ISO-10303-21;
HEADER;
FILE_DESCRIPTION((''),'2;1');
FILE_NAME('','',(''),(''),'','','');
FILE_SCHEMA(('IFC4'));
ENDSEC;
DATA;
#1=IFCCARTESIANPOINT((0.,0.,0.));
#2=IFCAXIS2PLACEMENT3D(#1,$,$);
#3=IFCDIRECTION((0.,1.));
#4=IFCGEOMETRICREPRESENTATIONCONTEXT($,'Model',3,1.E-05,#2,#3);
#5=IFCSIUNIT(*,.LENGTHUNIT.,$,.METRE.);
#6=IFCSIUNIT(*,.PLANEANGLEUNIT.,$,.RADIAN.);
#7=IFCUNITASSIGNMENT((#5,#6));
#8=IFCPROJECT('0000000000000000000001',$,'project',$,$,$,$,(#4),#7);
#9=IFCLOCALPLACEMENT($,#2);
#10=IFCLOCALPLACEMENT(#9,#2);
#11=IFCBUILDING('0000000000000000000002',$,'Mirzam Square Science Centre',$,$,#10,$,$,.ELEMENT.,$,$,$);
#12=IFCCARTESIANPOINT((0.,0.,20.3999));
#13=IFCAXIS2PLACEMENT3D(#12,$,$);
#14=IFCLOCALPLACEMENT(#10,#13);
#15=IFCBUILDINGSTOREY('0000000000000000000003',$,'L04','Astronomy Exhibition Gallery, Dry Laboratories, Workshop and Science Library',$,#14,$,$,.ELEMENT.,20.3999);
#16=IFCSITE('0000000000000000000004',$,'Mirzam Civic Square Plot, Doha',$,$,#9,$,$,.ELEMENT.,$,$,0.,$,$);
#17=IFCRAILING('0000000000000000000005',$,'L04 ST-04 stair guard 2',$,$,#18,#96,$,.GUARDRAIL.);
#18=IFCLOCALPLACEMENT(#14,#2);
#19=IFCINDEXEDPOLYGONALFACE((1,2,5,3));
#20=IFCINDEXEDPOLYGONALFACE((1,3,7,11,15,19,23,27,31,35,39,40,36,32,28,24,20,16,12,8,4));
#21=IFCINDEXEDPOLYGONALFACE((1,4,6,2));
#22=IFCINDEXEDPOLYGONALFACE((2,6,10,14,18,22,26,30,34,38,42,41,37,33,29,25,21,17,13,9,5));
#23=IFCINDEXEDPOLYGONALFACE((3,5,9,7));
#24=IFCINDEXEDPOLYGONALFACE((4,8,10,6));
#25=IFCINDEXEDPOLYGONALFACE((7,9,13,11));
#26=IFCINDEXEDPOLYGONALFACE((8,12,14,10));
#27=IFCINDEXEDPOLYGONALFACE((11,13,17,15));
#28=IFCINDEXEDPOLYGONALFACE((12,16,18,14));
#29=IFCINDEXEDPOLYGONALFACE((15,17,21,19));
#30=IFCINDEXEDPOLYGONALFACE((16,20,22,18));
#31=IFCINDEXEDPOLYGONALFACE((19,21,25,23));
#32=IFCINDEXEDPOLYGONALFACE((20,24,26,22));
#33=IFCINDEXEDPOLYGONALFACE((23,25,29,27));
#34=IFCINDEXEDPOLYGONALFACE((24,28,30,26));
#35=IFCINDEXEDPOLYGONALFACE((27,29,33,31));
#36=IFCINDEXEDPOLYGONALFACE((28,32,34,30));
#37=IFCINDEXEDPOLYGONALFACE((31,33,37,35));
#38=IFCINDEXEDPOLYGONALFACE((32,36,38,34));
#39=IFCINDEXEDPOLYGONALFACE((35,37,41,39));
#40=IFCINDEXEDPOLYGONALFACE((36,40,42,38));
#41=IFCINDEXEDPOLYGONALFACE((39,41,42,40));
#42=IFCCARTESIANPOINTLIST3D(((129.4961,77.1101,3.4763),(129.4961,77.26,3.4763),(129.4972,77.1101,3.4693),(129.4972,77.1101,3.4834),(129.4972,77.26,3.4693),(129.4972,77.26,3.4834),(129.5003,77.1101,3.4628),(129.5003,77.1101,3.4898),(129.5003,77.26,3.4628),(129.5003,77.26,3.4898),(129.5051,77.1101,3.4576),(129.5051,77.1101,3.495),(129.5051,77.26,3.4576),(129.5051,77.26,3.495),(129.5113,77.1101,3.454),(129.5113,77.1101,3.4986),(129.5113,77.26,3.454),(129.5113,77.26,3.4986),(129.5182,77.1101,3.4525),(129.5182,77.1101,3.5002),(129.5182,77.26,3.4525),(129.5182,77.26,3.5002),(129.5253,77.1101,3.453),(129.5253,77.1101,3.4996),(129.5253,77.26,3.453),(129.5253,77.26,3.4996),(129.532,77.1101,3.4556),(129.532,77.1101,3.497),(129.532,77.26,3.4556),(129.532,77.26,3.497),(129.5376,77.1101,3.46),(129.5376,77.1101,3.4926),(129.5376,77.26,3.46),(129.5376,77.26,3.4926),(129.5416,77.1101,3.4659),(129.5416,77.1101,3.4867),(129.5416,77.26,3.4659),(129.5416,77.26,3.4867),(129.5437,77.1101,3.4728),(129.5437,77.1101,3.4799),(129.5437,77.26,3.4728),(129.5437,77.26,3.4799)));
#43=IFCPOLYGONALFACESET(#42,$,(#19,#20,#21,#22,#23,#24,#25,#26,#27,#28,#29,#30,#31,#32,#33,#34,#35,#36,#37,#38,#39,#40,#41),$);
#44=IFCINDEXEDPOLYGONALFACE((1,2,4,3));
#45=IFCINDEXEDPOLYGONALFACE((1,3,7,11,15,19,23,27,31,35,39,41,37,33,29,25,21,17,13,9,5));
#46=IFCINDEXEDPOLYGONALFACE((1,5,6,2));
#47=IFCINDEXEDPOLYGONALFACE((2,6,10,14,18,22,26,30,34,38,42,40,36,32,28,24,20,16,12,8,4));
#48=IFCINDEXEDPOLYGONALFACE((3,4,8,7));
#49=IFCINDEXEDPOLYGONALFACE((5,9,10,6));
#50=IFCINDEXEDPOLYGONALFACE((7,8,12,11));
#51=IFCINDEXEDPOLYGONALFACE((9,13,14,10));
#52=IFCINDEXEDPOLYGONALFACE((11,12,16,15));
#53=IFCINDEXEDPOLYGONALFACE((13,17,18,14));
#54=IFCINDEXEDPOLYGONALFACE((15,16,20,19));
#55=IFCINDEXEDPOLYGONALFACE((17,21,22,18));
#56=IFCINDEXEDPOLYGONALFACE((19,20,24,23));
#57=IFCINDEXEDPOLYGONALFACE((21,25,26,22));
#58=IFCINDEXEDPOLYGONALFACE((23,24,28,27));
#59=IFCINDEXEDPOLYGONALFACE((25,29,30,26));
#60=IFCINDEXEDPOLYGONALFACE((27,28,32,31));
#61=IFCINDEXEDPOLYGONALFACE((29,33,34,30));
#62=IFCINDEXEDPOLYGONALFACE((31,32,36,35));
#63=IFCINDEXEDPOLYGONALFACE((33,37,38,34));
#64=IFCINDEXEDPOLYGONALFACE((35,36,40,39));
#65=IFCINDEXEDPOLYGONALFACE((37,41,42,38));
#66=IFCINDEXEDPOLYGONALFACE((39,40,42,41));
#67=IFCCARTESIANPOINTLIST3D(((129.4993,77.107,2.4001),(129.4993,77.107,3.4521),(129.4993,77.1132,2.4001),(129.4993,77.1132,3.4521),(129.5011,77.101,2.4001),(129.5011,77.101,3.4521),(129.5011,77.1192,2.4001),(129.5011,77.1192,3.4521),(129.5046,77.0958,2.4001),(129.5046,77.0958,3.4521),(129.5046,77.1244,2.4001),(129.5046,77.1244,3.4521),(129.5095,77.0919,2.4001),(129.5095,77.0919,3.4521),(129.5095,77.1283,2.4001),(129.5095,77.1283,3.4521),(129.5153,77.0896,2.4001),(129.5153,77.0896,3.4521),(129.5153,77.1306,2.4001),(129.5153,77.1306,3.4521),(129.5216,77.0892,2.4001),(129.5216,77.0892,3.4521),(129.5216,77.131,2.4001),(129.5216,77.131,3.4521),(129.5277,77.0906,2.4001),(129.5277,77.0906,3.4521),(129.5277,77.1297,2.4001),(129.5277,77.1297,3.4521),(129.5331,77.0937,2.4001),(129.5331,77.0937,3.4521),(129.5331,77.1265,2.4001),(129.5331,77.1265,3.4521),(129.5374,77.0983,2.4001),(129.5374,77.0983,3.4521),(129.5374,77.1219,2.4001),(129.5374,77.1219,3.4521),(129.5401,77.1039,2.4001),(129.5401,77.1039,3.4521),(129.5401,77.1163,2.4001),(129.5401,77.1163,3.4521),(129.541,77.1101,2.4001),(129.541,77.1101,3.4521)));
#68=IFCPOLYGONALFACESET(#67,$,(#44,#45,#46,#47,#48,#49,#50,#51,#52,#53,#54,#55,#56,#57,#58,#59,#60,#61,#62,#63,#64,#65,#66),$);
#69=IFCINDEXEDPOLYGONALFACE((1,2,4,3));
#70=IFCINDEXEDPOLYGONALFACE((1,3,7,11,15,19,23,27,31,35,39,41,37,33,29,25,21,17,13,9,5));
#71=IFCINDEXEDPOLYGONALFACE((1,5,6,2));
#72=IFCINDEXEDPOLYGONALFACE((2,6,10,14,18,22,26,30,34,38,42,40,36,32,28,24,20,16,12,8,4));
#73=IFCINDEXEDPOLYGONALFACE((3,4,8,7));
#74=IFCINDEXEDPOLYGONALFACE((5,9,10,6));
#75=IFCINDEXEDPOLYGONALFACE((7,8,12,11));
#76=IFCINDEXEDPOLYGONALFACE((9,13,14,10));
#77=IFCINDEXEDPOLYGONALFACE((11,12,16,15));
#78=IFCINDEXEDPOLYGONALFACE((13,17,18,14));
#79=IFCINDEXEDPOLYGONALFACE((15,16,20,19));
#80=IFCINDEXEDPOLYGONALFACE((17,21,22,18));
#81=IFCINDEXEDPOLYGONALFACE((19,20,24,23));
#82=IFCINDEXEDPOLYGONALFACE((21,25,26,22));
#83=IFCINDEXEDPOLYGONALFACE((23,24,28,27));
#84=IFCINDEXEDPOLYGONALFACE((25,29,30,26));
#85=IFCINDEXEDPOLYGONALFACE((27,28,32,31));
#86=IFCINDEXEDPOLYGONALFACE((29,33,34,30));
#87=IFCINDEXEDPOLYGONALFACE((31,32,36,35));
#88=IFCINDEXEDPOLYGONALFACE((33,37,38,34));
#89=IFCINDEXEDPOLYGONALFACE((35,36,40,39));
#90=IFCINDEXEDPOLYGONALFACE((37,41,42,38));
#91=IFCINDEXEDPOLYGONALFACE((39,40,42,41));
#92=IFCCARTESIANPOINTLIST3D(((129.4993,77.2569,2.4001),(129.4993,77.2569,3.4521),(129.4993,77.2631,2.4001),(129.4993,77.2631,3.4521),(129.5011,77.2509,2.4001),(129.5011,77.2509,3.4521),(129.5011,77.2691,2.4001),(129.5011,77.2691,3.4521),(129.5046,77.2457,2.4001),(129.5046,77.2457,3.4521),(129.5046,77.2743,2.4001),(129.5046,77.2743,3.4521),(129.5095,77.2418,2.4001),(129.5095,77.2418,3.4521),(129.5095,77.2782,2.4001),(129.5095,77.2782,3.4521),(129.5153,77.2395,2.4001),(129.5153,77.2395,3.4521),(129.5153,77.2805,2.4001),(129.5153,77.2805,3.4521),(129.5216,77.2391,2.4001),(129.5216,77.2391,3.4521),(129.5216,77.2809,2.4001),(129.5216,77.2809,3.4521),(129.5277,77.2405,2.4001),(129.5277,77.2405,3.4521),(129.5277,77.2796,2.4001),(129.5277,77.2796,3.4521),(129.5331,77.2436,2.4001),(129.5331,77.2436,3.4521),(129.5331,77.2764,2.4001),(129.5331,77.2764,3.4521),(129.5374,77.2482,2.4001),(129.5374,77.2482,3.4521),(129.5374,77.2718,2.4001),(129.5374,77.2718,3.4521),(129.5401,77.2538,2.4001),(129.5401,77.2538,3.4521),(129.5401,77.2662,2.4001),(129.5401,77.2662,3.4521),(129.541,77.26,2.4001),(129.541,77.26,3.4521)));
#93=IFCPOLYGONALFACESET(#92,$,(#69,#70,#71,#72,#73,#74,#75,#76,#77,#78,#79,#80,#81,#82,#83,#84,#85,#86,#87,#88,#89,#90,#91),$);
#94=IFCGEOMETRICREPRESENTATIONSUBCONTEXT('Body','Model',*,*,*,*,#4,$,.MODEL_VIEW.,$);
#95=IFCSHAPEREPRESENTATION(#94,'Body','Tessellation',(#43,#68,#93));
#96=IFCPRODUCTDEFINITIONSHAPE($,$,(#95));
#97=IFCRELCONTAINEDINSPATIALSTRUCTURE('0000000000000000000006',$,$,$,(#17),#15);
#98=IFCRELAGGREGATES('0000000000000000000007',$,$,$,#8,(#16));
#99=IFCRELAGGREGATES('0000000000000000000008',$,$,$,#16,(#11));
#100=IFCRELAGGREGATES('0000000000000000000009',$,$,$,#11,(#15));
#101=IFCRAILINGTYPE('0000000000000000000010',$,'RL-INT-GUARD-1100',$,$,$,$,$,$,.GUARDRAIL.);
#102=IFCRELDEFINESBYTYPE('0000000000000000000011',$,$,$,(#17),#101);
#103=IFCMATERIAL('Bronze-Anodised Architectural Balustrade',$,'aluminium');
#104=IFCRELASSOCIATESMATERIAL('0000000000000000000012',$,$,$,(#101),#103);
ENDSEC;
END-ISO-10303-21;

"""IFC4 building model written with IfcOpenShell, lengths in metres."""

from ifc_helpers import new_model, si_unit, direction, frame, origin, origin_2d, place, context, subcontext, project, spatial, circle, extrude, material, type_object, element, save


model = new_model("IFC4")

# Units and contexts
model_context = context("Model", 3, precision=1e-05, world=origin(), true_north=direction((0.0, 1.0)))
body_context = subcontext(model_context, "Body", "Model", "MODEL_VIEW")
ifc_project = project(units=[si_unit("LENGTHUNIT", "METRE"), si_unit("PLANEANGLEUNIT", "RADIAN")], contexts=[model_context])

# Site, building, storey
site_placement = place(None, origin())
site = spatial("IfcSite", under=ifc_project, at=site_placement, Name="Mirzam Civic Square Plot, Doha", CompositionType="ELEMENT", RefElevation=0.0)
building_placement = place(site_placement, origin())
building = spatial("IfcBuilding", under=site, at=building_placement, Name="Mirzam Square Science Centre", CompositionType="ELEMENT")
storey_placement = place(building_placement, frame((0.0, 0.0, 20.3999)))
storey = spatial("IfcBuildingStorey", under=building, at=storey_placement, Name="L04", Description="Astronomy Exhibition Gallery, Dry Laboratories, Workshop and Science Library", CompositionType="ELEMENT", Elevation=20.3999)

# Railing
ifc_material_1 = material(Name="Bronze-Anodised Architectural Balustrade", Category="aluminium")
railing_type_1 = type_object("IfcRailingType", Name="RL-INT-GUARD-1100", PredefinedType="GUARDRAIL", material=ifc_material_1)
railing_1_placement = place(storey_placement, frame((129.52, 77.1101, 2.4001)))
element("IfcRailing", 1, at=railing_1_placement, inside=storey, type_object=railing_type_1, Name="L04 ST-04 stair guard 2", PredefinedType="GUARDRAIL", context=body_context, shape_type="SweptSolid", body=[
    extrude(circle(Radius=0.0239, at=origin_2d()), frame((0.0, 0.0, 1.0762), z_axis=(0.0, 1.0, 0.0), x_axis=(-1.0, 0.0, 0.0)), (0.0, 0.0, 1.0), 0.1499),
    extrude(circle(Radius=0.021, at=origin_2d()), origin(), (0.0, 0.0, 1.0), 1.052),
    extrude(circle(Radius=0.021, at=origin_2d()), frame((0.0, 0.1499, 0.0)), (0.0, 0.0, 1.0), 1.052),
])

save(model, "model.ifc")
